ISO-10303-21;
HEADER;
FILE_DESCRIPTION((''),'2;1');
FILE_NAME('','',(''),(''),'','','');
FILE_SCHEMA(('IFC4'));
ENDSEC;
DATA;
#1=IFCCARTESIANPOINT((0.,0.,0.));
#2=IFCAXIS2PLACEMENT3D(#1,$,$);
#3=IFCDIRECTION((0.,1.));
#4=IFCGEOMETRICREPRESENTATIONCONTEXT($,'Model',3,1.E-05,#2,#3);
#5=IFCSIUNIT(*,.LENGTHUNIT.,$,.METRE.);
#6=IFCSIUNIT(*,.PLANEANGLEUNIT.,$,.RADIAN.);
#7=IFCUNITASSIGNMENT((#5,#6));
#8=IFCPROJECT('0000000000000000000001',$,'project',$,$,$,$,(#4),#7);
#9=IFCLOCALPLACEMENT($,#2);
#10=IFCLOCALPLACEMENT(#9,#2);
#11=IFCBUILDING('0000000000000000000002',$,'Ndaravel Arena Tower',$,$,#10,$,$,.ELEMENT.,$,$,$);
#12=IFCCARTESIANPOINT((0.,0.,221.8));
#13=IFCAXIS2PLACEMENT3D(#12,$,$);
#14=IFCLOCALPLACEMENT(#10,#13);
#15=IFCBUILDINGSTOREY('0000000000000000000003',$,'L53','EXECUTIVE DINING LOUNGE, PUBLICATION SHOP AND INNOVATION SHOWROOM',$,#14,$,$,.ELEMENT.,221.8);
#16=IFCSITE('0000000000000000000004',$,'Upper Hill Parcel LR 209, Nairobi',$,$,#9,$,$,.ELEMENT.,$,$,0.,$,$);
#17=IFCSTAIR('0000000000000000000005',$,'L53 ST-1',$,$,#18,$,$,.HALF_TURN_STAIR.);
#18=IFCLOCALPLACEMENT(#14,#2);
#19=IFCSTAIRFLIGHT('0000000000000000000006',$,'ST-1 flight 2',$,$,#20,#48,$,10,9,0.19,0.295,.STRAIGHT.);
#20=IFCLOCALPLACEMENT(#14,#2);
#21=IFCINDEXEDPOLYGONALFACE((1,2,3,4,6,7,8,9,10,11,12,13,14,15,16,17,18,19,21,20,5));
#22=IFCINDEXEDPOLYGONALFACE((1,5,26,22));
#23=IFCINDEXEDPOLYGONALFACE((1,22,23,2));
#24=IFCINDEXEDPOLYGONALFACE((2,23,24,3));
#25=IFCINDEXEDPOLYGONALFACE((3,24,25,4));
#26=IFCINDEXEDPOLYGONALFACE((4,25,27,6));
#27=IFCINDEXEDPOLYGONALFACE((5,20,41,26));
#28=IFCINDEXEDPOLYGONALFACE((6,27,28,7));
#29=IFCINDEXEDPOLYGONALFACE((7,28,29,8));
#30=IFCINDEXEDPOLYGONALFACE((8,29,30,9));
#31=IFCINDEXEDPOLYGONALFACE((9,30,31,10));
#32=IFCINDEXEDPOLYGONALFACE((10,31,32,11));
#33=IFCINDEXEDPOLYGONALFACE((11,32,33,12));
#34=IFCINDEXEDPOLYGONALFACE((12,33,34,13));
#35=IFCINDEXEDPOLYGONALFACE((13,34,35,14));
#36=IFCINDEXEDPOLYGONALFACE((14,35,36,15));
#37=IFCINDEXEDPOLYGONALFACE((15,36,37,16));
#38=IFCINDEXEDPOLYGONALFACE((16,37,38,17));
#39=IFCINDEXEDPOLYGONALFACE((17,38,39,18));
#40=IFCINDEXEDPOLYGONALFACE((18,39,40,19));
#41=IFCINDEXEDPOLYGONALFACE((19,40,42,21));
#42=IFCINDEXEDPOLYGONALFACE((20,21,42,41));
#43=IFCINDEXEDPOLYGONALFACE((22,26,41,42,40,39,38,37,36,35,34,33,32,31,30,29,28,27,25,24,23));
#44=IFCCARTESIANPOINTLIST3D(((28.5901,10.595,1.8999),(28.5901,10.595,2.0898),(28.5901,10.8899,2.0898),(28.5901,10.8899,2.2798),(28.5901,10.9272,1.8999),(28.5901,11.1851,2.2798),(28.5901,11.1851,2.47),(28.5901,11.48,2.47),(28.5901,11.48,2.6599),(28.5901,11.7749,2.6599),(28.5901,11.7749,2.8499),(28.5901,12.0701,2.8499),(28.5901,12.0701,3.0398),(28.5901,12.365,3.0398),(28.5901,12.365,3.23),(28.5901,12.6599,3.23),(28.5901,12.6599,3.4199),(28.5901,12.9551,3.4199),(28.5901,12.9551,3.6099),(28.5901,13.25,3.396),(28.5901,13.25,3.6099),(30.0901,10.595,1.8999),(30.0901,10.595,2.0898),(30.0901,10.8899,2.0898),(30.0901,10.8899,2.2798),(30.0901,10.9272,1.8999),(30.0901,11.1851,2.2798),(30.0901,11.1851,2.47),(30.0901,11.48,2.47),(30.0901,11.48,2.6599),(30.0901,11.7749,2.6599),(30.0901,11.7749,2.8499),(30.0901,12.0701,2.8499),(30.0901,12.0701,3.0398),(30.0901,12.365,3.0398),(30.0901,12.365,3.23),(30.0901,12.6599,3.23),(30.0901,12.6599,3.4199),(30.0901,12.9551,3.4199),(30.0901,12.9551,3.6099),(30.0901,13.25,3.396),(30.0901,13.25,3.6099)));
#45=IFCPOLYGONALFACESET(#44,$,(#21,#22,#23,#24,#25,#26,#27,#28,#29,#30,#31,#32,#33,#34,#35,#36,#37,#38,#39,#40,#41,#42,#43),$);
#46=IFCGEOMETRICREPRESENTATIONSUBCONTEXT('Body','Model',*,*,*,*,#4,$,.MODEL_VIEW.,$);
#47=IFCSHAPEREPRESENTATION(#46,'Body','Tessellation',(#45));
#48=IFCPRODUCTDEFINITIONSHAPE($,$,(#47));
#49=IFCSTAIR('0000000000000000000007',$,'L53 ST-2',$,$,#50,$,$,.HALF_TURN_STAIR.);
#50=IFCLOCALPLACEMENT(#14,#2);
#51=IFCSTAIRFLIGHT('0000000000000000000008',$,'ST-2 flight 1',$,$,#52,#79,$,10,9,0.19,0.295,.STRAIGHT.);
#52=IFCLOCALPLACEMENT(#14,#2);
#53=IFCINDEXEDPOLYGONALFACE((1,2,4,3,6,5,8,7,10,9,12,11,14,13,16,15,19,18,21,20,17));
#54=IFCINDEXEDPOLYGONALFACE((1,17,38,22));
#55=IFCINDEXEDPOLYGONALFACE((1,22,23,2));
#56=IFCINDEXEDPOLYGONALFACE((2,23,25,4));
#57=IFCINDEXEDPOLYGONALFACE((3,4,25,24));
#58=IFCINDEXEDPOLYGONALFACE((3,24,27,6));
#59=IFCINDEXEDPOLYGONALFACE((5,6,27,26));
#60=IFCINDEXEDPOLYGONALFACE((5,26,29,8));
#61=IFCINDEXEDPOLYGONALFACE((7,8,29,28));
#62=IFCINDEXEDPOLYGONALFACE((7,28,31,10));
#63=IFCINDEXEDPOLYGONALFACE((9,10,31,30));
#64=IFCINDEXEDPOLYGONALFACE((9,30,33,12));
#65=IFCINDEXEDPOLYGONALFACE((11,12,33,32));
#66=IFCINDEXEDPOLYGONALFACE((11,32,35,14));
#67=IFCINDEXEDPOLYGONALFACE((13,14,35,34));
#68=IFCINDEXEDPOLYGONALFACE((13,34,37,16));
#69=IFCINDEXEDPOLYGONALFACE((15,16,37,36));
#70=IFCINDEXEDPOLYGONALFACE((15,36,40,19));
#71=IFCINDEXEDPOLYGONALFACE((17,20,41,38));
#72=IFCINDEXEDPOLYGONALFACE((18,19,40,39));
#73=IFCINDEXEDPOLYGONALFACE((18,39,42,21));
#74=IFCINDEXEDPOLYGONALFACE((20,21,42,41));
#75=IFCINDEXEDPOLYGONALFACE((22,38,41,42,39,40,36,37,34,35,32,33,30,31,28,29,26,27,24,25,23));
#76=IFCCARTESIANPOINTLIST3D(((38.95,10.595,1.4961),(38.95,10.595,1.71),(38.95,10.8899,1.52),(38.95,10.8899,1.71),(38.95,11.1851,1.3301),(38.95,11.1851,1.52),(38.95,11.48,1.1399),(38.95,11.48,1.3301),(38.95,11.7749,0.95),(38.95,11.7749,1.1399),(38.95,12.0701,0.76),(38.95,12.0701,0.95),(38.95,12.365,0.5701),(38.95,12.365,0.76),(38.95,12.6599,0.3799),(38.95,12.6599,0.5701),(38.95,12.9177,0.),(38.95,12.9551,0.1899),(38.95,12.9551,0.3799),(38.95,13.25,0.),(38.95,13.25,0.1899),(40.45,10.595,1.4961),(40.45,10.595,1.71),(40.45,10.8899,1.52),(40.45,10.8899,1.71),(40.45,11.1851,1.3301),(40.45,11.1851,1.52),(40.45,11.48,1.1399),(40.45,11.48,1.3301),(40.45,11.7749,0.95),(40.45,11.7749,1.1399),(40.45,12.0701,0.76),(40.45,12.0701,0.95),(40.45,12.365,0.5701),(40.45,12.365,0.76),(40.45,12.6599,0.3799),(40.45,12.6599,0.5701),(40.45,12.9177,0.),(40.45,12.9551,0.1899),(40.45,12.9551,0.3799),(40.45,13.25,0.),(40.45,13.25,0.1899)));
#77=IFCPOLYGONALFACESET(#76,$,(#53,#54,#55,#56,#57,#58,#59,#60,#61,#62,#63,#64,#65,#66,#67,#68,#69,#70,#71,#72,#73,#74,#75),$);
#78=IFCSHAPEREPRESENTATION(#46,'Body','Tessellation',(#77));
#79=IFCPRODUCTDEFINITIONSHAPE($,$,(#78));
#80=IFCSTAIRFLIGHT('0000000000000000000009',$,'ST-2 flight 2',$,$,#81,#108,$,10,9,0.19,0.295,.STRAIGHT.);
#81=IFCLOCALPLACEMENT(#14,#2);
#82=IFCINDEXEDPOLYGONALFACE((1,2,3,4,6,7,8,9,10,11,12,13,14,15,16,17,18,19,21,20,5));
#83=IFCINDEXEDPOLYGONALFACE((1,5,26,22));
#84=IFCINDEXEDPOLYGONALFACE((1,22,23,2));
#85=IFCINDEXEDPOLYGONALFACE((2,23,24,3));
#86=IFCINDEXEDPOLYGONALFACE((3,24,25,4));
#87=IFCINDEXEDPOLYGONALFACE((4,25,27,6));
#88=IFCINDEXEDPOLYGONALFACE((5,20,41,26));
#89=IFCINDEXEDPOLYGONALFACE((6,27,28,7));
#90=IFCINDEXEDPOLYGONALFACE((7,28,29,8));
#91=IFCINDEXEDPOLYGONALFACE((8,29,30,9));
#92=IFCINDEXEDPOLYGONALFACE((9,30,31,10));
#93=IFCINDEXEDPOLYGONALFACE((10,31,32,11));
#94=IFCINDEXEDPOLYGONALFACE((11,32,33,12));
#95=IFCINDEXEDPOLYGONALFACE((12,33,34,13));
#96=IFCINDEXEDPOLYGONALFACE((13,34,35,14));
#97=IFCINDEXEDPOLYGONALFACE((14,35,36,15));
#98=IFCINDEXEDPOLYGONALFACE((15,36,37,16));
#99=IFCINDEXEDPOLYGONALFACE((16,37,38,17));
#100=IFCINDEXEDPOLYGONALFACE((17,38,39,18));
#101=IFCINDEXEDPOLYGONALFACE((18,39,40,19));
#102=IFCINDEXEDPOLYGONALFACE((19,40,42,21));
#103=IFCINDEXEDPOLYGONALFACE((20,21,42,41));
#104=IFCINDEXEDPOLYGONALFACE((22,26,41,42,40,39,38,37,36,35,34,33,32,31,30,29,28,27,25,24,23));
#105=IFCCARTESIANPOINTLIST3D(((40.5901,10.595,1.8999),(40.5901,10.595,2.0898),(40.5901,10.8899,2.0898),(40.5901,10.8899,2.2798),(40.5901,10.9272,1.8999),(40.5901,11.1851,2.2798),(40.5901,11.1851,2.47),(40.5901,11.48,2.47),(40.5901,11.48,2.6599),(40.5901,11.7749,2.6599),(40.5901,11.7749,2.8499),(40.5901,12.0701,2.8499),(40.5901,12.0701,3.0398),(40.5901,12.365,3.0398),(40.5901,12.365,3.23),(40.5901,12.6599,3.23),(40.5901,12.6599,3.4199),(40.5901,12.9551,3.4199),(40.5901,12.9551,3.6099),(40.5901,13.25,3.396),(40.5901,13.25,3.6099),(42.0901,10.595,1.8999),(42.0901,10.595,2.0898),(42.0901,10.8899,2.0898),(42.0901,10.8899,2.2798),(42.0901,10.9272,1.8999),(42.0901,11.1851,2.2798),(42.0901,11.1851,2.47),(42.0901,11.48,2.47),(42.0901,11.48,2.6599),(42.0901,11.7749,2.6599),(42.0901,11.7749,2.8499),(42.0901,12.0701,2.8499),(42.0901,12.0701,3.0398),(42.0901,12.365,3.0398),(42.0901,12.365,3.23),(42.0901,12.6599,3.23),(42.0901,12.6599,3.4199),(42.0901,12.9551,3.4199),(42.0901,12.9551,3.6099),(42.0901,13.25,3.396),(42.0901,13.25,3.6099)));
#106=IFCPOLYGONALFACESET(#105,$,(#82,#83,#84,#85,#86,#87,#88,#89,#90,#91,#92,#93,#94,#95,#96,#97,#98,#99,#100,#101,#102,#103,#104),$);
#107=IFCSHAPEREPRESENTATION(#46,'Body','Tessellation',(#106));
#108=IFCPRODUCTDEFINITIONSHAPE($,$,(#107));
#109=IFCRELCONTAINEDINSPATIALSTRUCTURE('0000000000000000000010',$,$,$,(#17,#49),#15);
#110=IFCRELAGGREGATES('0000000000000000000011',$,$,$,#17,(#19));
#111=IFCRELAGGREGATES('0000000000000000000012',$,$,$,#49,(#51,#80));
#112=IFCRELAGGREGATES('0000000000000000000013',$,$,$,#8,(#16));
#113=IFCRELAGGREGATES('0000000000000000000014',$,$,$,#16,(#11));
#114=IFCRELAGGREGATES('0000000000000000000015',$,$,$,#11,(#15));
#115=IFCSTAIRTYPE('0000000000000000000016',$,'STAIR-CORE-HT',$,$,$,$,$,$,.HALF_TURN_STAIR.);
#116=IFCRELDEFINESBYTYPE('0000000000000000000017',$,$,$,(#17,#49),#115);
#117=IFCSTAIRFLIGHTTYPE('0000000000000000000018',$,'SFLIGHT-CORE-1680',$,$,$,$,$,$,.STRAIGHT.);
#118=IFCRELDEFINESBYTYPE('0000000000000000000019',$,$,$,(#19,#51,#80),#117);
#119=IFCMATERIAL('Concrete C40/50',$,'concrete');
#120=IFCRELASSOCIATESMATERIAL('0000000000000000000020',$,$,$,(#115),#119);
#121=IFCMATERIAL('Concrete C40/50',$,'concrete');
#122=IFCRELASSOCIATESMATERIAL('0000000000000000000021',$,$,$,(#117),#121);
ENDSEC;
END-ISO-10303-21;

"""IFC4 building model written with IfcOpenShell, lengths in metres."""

from ifc_helpers import new_model, si_unit, direction, frame, origin, place, context, subcontext, project, spatial, polyline, outline, extrude, material, type_object, element, aggregate, save


model = new_model("IFC4")

# Units and contexts
model_context = context("Model", 3, precision=1e-05, world=origin(), true_north=direction((0.0, 1.0)))
body_context = subcontext(model_context, "Body", "Model", "MODEL_VIEW")
ifc_project = project(units=[si_unit("LENGTHUNIT", "METRE"), si_unit("PLANEANGLEUNIT", "RADIAN")], contexts=[model_context])

# Site, building, storey
site_placement = place(None, origin())
site = spatial("IfcSite", under=ifc_project, at=site_placement, Name="Upper Hill Parcel LR 209, Nairobi", CompositionType="ELEMENT", RefElevation=0.0)
building_placement = place(site_placement, origin())
building = spatial("IfcBuilding", under=site, at=building_placement, Name="Ndaravel Arena Tower", CompositionType="ELEMENT")
storey_placement = place(building_placement, frame((0.0, 0.0, 221.8)))
storey = spatial("IfcBuildingStorey", under=building, at=storey_placement, Name="L53", Description="EXECUTIVE DINING LOUNGE, PUBLICATION SHOP AND INNOVATION SHOWROOM", CompositionType="ELEMENT", Elevation=221.8)

# Stairs, stair flights
ifc_material_1 = material(Name="Concrete C40/50", Category="concrete")
stair_type = type_object("IfcStairType", Name="STAIR-CORE-HT", PredefinedType="HALF_TURN_STAIR", material=ifc_material_1)
stair_1_placement = place(storey_placement, origin())
stair_1 = element("IfcStair", 1, at=stair_1_placement, inside=storey, type_object=stair_type, Name="L53 ST-1", PredefinedType="HALF_TURN_STAIR")
ifc_material_2 = material(Name="Concrete C40/50", Category="concrete")
stair_flight_type = type_object("IfcStairFlightType", Name="SFLIGHT-CORE-1680", PredefinedType="STRAIGHT", material=ifc_material_2)
stair_flight_1_placement = place(storey_placement, frame((29.3401, 10.595, 1.8999), z_axis=(0.0, 0.0, 1.0), x_axis=(0.0, 1.0, 0.0)))
stair_flight_1 = element("IfcStairFlight", 2, at=stair_flight_1_placement, type_object=stair_flight_type, Name="ST-1 flight 2", NumberOfRisers=10, NumberOfTreads=9, PredefinedType="STRAIGHT", RiserHeight=0.19, TreadLength=0.295, context=body_context, shape_type="SweptSolid", body=[
    extrude(outline(polyline([(0.0, 0.0), (0.0, 0.1899), (0.2949, 0.1899), (0.2949, 0.3799), (0.5901, 0.3799), (0.5901, 0.5701), (0.885, 0.5701), (0.885, 0.76), (1.1799, 0.76), (1.1799, 0.95), (1.4751, 0.95), (1.4751, 1.1399), (1.77, 1.1399), (1.77, 1.3301), (2.0649, 1.3301), (2.0649, 1.52), (2.3601, 1.52), (2.3601, 1.71), (2.655, 1.71), (2.655, 1.8999), (2.655, 1.4961), (0.3323, 0.0), (0.0, 0.0)])), frame((0.0, 0.75, 0.0), z_axis=(0.0, -1.0, 0.0), x_axis=(1.0, 0.0, 0.0)), (0.0, 0.0, 1.0), 1.5),
])
aggregate(stair_1, [stair_flight_1])
stair_2_placement = place(storey_placement, origin())
stair_2 = element("IfcStair", 3, at=stair_2_placement, inside=storey, type_object=stair_type, Name="L53 ST-2", PredefinedType="HALF_TURN_STAIR")
stair_flight_2_placement = place(storey_placement, frame((39.7, 13.25, 0.0), z_axis=(0.0, 0.0, 1.0), x_axis=(0.0, -1.0, 0.0)))
stair_flight_2 = element("IfcStairFlight", 4, at=stair_flight_2_placement, type_object=stair_flight_type, Name="ST-2 flight 1", NumberOfRisers=10, NumberOfTreads=9, PredefinedType="STRAIGHT", RiserHeight=0.19, TreadLength=0.295, context=body_context, shape_type="SweptSolid", body=[
    extrude(outline(polyline([(0.0, 0.0), (0.0, 0.1899), (0.2949, 0.1899), (0.2949, 0.3799), (0.5901, 0.3799), (0.5901, 0.5701), (0.885, 0.5701), (0.885, 0.76), (1.1799, 0.76), (1.1799, 0.95), (1.4751, 0.95), (1.4751, 1.1399), (1.77, 1.1399), (1.77, 1.3301), (2.0649, 1.3301), (2.0649, 1.52), (2.3601, 1.52), (2.3601, 1.71), (2.655, 1.71), (2.655, 1.8999), (2.655, 1.4961), (0.3323, 0.0), (0.0, 0.0)])), frame((0.0, 0.75, 0.0), z_axis=(0.0, -1.0, 0.0), x_axis=(1.0, 0.0, 0.0)), (0.0, 0.0, 1.0), 1.5),
])
stair_flight_3_placement = place(storey_placement, frame((41.3401, 10.595, 1.8999), z_axis=(0.0, 0.0, 1.0), x_axis=(0.0, 1.0, 0.0)))
stair_flight_3 = element("IfcStairFlight", 5, at=stair_flight_3_placement, type_object=stair_flight_type, Name="ST-2 flight 2", NumberOfRisers=10, NumberOfTreads=9, PredefinedType="STRAIGHT", RiserHeight=0.19, TreadLength=0.295, context=body_context, shape_type="SweptSolid", body=[
    extrude(outline(polyline([(0.0, 0.0), (0.0, 0.1899), (0.2949, 0.1899), (0.2949, 0.3799), (0.5901, 0.3799), (0.5901, 0.5701), (0.885, 0.5701), (0.885, 0.76), (1.1799, 0.76), (1.1799, 0.95), (1.4751, 0.95), (1.4751, 1.1399), (1.77, 1.1399), (1.77, 1.3301), (2.0649, 1.3301), (2.0649, 1.52), (2.3601, 1.52), (2.3601, 1.71), (2.655, 1.71), (2.655, 1.8999), (2.655, 1.4961), (0.3323, 0.0), (0.0, 0.0)])), frame((0.0, 0.75, 0.0), z_axis=(0.0, -1.0, 0.0), x_axis=(1.0, 0.0, 0.0)), (0.0, 0.0, 1.0), 1.5),
])
aggregate(stair_2, [stair_flight_2, stair_flight_3])

save(model, "model.ifc")
